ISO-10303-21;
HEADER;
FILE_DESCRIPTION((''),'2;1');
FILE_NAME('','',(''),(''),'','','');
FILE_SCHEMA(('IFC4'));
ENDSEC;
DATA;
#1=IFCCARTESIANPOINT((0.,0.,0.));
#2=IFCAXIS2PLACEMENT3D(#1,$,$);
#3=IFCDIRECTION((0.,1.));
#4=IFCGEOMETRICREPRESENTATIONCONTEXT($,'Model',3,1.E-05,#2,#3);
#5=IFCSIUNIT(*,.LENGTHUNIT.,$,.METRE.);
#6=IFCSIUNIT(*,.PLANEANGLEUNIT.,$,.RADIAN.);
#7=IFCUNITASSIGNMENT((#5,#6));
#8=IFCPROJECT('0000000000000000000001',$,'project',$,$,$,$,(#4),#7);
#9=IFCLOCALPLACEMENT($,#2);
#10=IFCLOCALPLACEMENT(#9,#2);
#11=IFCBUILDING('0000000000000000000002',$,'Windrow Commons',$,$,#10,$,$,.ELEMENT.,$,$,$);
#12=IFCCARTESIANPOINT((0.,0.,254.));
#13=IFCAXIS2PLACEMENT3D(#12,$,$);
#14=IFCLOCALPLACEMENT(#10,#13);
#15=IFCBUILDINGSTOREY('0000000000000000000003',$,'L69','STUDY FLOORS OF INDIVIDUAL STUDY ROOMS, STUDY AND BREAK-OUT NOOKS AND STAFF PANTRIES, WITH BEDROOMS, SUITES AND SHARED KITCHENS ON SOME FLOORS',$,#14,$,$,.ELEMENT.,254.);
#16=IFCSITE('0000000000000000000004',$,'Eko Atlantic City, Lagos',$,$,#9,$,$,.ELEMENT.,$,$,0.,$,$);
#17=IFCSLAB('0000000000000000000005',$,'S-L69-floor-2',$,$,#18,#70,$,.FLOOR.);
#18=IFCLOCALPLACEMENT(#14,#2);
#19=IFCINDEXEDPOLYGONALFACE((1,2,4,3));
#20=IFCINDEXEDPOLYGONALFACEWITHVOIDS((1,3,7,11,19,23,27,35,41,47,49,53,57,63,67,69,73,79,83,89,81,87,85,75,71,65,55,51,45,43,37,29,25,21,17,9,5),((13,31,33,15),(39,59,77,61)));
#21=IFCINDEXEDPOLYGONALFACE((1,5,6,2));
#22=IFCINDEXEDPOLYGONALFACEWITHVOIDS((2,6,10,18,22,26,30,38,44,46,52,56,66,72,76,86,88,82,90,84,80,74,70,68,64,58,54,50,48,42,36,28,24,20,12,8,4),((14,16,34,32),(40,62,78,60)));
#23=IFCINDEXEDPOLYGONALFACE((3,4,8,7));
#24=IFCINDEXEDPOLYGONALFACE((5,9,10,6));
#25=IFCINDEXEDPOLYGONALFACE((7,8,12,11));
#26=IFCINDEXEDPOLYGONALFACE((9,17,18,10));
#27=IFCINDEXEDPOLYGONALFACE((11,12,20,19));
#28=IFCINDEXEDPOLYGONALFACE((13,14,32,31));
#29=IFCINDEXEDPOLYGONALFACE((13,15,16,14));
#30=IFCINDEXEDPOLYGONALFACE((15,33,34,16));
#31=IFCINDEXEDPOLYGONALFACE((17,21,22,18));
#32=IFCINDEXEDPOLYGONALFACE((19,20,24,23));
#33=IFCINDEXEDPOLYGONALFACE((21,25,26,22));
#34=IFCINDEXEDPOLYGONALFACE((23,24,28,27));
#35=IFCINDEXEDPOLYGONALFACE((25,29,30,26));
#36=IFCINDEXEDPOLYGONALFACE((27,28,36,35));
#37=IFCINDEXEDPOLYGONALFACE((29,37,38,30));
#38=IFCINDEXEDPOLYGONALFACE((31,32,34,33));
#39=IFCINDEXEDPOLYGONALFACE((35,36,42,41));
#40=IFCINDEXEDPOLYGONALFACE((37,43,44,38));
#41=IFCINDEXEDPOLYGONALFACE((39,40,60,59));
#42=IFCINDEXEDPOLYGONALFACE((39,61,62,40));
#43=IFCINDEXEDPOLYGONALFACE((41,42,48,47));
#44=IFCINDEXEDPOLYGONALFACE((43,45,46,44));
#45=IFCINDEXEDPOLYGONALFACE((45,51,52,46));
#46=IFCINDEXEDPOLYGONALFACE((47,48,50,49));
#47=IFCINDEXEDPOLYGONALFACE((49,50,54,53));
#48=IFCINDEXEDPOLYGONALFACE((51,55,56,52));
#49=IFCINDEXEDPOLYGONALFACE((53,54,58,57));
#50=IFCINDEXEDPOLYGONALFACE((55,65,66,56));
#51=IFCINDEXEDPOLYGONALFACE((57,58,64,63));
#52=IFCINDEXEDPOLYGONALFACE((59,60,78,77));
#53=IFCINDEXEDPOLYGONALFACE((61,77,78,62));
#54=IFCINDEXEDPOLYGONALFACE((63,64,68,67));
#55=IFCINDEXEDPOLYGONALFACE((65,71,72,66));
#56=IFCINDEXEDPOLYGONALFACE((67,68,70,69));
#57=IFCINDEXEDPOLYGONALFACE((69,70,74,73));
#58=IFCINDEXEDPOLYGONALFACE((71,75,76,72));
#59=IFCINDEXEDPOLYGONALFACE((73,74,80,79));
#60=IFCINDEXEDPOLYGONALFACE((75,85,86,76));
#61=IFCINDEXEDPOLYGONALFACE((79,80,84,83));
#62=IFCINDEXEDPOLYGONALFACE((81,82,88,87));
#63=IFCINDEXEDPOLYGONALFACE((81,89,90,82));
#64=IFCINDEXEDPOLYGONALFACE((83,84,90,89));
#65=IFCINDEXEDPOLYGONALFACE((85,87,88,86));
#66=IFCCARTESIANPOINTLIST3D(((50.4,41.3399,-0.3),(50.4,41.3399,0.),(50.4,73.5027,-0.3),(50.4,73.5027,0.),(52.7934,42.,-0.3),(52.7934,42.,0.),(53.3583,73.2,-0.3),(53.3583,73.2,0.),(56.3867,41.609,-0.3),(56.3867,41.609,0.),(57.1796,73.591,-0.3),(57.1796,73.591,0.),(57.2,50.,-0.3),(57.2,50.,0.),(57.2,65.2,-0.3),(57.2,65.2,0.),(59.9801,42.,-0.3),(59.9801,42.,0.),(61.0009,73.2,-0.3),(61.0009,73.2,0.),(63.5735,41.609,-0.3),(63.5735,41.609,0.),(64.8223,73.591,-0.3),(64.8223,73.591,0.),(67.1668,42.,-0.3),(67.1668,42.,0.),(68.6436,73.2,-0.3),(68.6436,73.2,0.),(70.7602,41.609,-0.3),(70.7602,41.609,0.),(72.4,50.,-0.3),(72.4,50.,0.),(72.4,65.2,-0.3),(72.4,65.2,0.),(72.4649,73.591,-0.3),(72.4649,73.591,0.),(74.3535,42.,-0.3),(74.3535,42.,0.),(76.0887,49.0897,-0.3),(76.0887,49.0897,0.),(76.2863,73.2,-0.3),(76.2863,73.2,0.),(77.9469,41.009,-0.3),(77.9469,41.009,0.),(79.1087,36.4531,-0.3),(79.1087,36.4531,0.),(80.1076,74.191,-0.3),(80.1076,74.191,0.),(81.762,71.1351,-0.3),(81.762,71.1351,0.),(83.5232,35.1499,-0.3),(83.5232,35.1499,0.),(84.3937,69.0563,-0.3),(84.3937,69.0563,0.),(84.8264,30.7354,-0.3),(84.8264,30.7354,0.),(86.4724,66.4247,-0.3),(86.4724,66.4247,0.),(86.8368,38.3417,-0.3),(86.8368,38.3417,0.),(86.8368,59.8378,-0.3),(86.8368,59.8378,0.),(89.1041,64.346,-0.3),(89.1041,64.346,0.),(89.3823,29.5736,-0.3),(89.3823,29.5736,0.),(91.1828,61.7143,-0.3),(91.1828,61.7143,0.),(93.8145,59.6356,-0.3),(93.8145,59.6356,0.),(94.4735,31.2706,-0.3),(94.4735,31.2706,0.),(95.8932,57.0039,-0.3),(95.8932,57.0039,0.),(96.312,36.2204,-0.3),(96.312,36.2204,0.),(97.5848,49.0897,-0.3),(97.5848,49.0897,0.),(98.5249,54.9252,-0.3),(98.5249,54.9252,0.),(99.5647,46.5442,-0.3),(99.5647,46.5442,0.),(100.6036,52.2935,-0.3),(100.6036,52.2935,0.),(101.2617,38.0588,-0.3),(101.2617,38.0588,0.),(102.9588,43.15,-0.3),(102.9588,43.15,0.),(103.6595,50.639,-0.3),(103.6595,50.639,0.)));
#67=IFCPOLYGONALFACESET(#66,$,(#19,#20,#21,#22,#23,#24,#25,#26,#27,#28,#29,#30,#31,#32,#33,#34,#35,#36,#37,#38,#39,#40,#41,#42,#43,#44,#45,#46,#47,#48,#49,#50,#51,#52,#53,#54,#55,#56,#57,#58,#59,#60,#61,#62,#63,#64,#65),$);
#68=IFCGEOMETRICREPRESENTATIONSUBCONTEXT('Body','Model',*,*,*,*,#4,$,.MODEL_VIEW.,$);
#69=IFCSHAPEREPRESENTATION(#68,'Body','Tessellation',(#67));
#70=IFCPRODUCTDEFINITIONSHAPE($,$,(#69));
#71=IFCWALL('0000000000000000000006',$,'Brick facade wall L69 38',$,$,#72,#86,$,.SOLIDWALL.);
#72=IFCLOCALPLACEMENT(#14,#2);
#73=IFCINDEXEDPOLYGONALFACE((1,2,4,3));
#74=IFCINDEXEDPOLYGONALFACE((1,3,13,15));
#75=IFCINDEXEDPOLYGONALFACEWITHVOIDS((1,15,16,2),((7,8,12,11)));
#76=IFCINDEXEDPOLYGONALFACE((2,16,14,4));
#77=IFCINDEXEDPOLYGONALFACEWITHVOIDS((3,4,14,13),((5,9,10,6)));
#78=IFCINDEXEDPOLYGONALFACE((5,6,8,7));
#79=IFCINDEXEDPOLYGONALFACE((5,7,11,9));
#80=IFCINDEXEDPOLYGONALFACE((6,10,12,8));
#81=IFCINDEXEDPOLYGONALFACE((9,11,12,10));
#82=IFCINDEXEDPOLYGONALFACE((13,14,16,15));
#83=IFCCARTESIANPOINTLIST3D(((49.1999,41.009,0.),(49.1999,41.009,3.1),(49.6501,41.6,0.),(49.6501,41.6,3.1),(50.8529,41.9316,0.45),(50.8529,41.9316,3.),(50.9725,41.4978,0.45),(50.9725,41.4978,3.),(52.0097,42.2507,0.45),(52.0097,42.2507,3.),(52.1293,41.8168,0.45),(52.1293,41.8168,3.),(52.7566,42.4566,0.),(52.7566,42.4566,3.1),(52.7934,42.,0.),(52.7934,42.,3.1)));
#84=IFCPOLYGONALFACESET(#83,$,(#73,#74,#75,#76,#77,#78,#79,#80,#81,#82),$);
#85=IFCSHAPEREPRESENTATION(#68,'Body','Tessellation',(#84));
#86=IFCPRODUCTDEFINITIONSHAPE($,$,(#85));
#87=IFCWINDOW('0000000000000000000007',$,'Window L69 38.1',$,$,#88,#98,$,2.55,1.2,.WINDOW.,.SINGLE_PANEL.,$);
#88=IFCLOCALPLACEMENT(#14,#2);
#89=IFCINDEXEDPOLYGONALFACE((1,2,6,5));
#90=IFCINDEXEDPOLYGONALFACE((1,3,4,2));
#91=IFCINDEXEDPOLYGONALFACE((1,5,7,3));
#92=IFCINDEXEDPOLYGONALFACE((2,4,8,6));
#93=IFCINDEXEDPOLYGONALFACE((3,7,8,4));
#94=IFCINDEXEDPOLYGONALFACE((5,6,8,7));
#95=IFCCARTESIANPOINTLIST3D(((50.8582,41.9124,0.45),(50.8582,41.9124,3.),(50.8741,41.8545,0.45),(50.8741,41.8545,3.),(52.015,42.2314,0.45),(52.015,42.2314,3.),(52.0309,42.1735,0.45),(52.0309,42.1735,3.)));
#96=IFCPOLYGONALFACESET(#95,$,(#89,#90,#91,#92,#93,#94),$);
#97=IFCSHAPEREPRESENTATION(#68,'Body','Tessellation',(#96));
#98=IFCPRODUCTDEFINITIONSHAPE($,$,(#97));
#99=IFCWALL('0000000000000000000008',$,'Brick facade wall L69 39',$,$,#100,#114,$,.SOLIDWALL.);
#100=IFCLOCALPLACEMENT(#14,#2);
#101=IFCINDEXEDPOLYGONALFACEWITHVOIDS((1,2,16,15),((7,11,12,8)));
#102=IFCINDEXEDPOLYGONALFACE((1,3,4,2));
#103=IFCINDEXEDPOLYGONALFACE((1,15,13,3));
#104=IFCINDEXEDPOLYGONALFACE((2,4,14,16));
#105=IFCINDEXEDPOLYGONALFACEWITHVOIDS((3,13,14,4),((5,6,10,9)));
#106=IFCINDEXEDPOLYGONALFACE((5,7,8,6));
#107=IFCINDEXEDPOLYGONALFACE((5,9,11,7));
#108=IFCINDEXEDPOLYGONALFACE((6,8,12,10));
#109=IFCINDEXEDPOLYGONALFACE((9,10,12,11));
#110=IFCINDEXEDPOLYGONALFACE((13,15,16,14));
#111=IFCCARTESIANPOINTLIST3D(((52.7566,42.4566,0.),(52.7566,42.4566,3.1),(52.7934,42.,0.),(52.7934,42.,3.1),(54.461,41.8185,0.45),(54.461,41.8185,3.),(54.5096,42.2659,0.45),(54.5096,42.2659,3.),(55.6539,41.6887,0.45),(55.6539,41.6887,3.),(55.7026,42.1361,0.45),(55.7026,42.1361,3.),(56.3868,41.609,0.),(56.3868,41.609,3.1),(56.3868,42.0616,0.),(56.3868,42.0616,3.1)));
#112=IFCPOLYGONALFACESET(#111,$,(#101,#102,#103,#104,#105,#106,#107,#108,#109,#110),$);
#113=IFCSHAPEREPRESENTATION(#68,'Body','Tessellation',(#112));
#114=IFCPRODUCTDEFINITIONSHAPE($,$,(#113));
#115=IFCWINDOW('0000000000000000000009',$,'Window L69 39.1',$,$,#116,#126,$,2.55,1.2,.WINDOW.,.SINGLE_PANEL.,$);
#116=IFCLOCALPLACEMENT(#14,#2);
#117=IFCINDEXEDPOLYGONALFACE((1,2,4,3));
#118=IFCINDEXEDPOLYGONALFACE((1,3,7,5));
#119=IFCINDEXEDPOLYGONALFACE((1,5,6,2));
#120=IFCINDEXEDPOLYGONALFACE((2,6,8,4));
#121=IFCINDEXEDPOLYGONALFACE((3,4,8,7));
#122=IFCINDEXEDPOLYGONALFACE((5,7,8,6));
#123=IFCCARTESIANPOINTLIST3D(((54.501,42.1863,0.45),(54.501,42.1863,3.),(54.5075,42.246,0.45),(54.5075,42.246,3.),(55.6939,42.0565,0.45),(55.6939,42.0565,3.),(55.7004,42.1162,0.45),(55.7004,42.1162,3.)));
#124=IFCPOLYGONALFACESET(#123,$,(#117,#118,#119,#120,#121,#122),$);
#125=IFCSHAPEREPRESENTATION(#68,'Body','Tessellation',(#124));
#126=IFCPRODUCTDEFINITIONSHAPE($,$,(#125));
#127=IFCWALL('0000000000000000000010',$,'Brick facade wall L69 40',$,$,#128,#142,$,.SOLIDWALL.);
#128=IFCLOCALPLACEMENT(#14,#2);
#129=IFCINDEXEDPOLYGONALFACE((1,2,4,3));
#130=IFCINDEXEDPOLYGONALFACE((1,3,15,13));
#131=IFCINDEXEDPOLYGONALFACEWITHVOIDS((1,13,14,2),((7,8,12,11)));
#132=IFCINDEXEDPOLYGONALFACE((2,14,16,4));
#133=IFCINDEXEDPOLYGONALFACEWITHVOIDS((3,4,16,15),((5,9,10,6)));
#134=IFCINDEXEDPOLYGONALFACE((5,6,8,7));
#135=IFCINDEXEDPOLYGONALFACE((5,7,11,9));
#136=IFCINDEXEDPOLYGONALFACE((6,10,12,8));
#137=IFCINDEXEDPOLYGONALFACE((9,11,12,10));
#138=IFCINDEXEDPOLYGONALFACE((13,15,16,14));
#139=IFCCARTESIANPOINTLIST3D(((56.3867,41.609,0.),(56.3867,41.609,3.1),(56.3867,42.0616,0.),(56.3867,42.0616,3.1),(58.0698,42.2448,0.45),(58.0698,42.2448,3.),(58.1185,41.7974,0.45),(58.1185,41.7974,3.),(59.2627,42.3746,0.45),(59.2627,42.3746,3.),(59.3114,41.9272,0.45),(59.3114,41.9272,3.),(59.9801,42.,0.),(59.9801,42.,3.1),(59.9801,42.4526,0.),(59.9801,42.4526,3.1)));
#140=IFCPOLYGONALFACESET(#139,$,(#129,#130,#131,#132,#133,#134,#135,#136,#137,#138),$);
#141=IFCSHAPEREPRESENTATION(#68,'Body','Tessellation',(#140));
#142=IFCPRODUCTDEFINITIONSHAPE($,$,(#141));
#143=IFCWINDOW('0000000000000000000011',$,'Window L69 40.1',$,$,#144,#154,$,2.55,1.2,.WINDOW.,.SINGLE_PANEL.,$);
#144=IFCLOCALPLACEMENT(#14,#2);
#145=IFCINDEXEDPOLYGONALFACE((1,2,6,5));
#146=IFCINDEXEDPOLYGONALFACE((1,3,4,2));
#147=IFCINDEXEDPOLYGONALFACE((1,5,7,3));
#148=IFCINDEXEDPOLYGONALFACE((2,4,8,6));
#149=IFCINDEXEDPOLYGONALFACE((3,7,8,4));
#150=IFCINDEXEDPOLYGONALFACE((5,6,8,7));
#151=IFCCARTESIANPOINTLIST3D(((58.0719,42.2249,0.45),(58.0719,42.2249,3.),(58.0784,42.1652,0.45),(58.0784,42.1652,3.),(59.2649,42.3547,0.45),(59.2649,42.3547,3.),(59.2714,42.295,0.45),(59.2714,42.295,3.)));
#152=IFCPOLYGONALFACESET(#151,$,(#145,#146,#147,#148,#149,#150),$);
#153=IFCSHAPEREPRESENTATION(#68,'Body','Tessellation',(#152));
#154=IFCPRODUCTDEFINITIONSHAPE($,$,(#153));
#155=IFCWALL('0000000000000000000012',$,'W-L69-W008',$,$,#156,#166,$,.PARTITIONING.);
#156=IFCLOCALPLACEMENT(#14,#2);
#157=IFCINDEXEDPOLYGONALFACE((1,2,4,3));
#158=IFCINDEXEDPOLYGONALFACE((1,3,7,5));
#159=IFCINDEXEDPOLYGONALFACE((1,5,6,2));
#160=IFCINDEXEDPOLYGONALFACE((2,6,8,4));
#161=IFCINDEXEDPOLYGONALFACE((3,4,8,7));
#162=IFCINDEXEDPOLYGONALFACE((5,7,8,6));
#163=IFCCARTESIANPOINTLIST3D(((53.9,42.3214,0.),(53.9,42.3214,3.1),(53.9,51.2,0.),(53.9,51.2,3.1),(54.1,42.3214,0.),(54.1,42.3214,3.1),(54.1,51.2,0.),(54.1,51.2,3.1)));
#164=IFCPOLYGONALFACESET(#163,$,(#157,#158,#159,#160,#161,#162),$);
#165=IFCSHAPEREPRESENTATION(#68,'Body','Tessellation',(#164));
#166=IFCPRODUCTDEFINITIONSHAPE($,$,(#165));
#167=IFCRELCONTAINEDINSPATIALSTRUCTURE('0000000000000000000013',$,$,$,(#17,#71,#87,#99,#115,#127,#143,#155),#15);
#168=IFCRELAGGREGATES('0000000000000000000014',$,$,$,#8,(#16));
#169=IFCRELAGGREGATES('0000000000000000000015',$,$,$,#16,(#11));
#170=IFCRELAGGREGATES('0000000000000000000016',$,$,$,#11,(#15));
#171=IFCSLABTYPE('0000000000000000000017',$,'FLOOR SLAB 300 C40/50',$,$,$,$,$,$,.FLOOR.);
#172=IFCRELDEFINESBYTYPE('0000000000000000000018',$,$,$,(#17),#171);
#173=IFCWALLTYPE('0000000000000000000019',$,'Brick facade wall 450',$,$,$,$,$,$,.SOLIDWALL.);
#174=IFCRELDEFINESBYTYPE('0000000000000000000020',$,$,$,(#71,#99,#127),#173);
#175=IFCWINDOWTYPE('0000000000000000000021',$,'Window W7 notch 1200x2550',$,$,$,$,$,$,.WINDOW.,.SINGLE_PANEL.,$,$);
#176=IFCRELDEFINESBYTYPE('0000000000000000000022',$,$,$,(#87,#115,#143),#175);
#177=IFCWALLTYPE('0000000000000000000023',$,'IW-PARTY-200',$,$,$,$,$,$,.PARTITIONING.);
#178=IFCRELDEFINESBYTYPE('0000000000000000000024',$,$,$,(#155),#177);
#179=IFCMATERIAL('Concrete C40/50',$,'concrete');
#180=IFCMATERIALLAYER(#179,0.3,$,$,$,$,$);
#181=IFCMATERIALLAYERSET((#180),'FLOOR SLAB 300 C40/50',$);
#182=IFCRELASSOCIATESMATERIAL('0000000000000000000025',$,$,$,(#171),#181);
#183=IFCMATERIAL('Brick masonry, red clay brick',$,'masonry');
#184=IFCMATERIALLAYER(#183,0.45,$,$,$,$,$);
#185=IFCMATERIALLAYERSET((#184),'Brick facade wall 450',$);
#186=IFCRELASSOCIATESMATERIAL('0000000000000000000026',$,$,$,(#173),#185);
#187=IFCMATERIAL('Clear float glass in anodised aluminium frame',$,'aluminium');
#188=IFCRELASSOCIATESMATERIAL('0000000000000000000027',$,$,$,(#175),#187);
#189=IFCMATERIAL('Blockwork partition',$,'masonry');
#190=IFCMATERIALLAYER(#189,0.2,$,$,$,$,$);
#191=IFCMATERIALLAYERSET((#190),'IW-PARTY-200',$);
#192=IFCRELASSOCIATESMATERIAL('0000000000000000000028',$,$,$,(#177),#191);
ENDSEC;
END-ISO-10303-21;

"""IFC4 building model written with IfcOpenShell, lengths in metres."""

from ifc_helpers import new_model, si_unit, direction, frame, frame_2d, origin, place, context, subcontext, project, spatial, polyline, rectangle, outline, extrude, material, layer, layer_set, type_object, element, fill, save


model = new_model("IFC4")

# Units and contexts
model_context = context("Model", 3, precision=1e-05, world=origin(), true_north=direction((0.0, 1.0)))
body_context = subcontext(model_context, "Body", "Model", "MODEL_VIEW")
ifc_project = project(units=[si_unit("LENGTHUNIT", "METRE"), si_unit("PLANEANGLEUNIT", "RADIAN")], contexts=[model_context])

# Site, building, storey
site_placement = place(None, origin())
site = spatial("IfcSite", under=ifc_project, at=site_placement, Name="Eko Atlantic City, Lagos", CompositionType="ELEMENT", RefElevation=0.0)
building_placement = place(site_placement, origin())
building = spatial("IfcBuilding", under=site, at=building_placement, Name="Windrow Commons", CompositionType="ELEMENT")
storey_placement = place(building_placement, frame((0.0, 0.0, 254.0)))
storey = spatial("IfcBuildingStorey", under=building, at=storey_placement, Name="L69", Description="STUDY FLOORS OF INDIVIDUAL STUDY ROOMS, STUDY AND BREAK-OUT NOOKS AND STAFF PANTRIES, WITH BEDROOMS, SUITES AND SHARED KITCHENS ON SOME FLOORS", CompositionType="ELEMENT", Elevation=254.0)

# Shared definitions
placement_1 = place(storey_placement, frame((0.0, 0.0, -0.3)))

# Shared definitions
ifc_material_1 = material(Name="Concrete C40/50", Category="concrete")
ifc_layer_1 = layer(ifc_material_1, 0.3)
ifc_layer_set_1 = layer_set([ifc_layer_1], Name="FLOOR SLAB 300 C40/50")
slab_type_1 = type_object("IfcSlabType", Name="FLOOR SLAB 300 C40/50", PredefinedType="FLOOR", material=ifc_layer_set_1)

# Slab, openings
slab_1 = element("IfcSlab", 1, at=placement_1, inside=storey, type_object=slab_type_1, Name="S-L69-floor-2", PredefinedType="FLOOR", context=body_context, shape_type="SweptSolid", body=[
    extrude(outline(polyline([(84.8264, 30.7354), (89.3823, 29.5736), (94.4735, 31.2706), (96.312, 36.2204), (101.2617, 38.0588), (102.9588, 43.15), (99.5647, 46.5442), (103.6595, 50.639), (100.6036, 52.2935), (98.5249, 54.9252), (95.8932, 57.0039), (93.8145, 59.6356), (91.1828, 61.7143), (89.1041, 64.346), (86.4724, 66.4247), (84.3937, 69.0563), (81.762, 71.1351), (80.1076, 74.191), (76.2863, 73.2), (72.4649, 73.591), (68.6436, 73.2), (64.8223, 73.591), (61.0009, 73.2), (57.1796, 73.591), (53.3583, 73.2), (50.4, 73.5027), (50.4, 41.3399), (52.7934, 42.0), (56.3867, 41.609), (59.9801, 42.0), (63.5735, 41.609), (67.1668, 42.0), (70.7602, 41.609), (74.3535, 42.0), (77.9469, 41.009), (79.1087, 36.4531), (83.5232, 35.1499), (84.8264, 30.7354)]), holes=[polyline([(86.8368, 59.8378), (97.5848, 49.0897), (86.8368, 38.3417), (76.0887, 49.0897), (86.8368, 59.8378)]), polyline([(57.2, 65.2), (72.4, 65.2), (72.4, 50.0), (57.2, 50.0), (57.2, 65.2)])]), origin(), (0.0, 0.0, 1.0), 0.3),
])
opening_1_placement = place(placement_1, origin())
element("IfcOpeningElement", 2, at=opening_1_placement, cuts=slab_1, PredefinedType="OPENING", context=body_context, shape_type="SweptSolid", body=[
    extrude(outline(polyline([(86.8368, 59.8307), (97.5777, 49.0897), (86.8368, 38.3488), (76.0958, 49.0897), (86.8368, 59.8307)])), origin(), (0.0, 0.0, 1.0), 0.3),
])
opening_2_placement = place(placement_1, origin())
element("IfcOpeningElement", 3, at=opening_2_placement, cuts=slab_1, PredefinedType="OPENING", context=body_context, shape_type="SweptSolid", body=[
    extrude(outline(polyline([(57.205, 65.195), (72.395, 65.195), (72.395, 50.005), (57.205, 50.005), (57.205, 65.195)])), origin(), (0.0, 0.0, 1.0), 0.3),
])

# Walls, openings, windows
ifc_material_2 = material(Name="Brick masonry, red clay brick", Category="masonry")
ifc_layer_2 = layer(ifc_material_2, 0.45)
ifc_layer_set_2 = layer_set([ifc_layer_2], Name="Brick facade wall 450")
wall_type_1 = type_object("IfcWallType", Name="Brick facade wall 450", PredefinedType="SOLIDWALL", material=ifc_layer_set_2)
wall_1_placement = place(storey_placement, frame((49.425, 41.3045, 0.0), z_axis=(0.0, 0.0, 1.0), x_axis=(0.964018, 0.265839, 0.0)))
wall_1 = element("IfcWall", 4, at=wall_1_placement, inside=storey, type_object=wall_type_1, Name="Brick facade wall L69 38", PredefinedType="SOLIDWALL", context=body_context, shape_type="SweptSolid", body=[
    extrude(outline(polyline([(-0.2955, -0.225), (3.4321, -0.225), (3.518, 0.225), (0.2955, 0.225), (-0.2955, -0.225)])), origin(), (0.0, 0.0, 1.0), 3.1),
])
opening_3_placement = place(wall_1_placement, frame((1.5432, 0.0, 0.45)))
opening_3 = element("IfcOpeningElement", 5, at=opening_3_placement, cuts=wall_1, PredefinedType="OPENING", context=body_context, shape_type="SweptSolid", body=[
    extrude(rectangle(XDim=1.2, YDim=2.55, at=frame_2d((0.6, 1.275))), frame((0.0, 0.235, 0.0), z_axis=(0.0, -1.0, 0.0), x_axis=(1.0, 0.0, 0.0)), (0.0, 0.0, 1.0), 0.47),
])
ifc_material_3 = material(Name="Clear float glass in anodised aluminium frame", Category="aluminium")
window_type = type_object("IfcWindowType", Name="Window W7 notch 1200x2550", PartitioningType="SINGLE_PANEL", PredefinedType="WINDOW", material=ifc_material_3)
window_1_placement = place(opening_3_placement, origin())
window_1 = element("IfcWindow", 6, at=window_1_placement, inside=storey, type_object=window_type, Name="Window L69 38.1", OverallHeight=2.55, OverallWidth=1.2, PartitioningType="SINGLE_PANEL", PredefinedType="WINDOW", context=body_context, shape_type="SweptSolid", body=[
    extrude(rectangle(XDim=1.2, YDim=2.55, at=frame_2d((0.6, 1.275))), frame((0.0, 0.205, 0.0), z_axis=(0.0, -1.0, 0.0), x_axis=(1.0, 0.0, 0.0)), (0.0, 0.0, 1.0), 0.06),
])
fill(opening_3, window_1)
wall_2_placement = place(storey_placement, frame((52.775, 42.2283, 0.0), z_axis=(0.0, 0.0, 1.0), x_axis=(0.994132, -0.108175, 0.0)))
wall_2 = element("IfcWall", 7, at=wall_2_placement, inside=storey, type_object=wall_type_1, Name="Brick facade wall L69 39", PredefinedType="SOLIDWALL", context=body_context, shape_type="SweptSolid", body=[
    extrude(outline(polyline([(0.043, -0.225), (3.6576, -0.225), (3.6086, 0.225), (-0.043, 0.225), (0.043, -0.225)])), origin(), (0.0, 0.0, 1.0), 3.1),
])
opening_4_placement = place(wall_2_placement, frame((1.7204, 0.0, 0.45)))
opening_4 = element("IfcOpeningElement", 8, at=opening_4_placement, cuts=wall_2, PredefinedType="OPENING", context=body_context, shape_type="SweptSolid", body=[
    extrude(rectangle(XDim=1.2, YDim=2.55, at=frame_2d((0.6, 1.275))), frame((0.0, 0.235, 0.0), z_axis=(0.0, -1.0, 0.0), x_axis=(1.0, 0.0, 0.0)), (0.0, 0.0, 1.0), 0.47),
])
window_2_placement = place(opening_4_placement, origin())
window_2 = element("IfcWindow", 9, at=window_2_placement, inside=storey, type_object=window_type, Name="Window L69 39.1", OverallHeight=2.55, OverallWidth=1.2, PartitioningType="SINGLE_PANEL", PredefinedType="WINDOW", context=body_context, shape_type="SweptSolid", body=[
    extrude(rectangle(XDim=1.2, YDim=2.55, at=frame_2d((0.6, 1.275))), frame((0.0, 0.205, 0.0), z_axis=(0.0, -1.0, 0.0), x_axis=(1.0, 0.0, 0.0)), (0.0, 0.0, 1.0), 0.06),
])
fill(opening_4, window_2)
wall_3_placement = place(storey_placement, frame((56.3867, 41.8353, 0.0), z_axis=(0.0, 0.0, 1.0), x_axis=(0.994132, 0.108172, 0.0)))
wall_3 = element("IfcWall", 10, at=wall_3_placement, inside=storey, type_object=wall_type_1, Name="Brick facade wall L69 40", PredefinedType="SOLIDWALL", context=body_context, shape_type="SweptSolid", body=[
    extrude(outline(polyline([(-0.0245, -0.225), (3.5901, -0.225), (3.6391, 0.225), (0.0245, 0.225), (-0.0245, -0.225)])), origin(), (0.0, 0.0, 1.0), 3.1),
])
opening_5_placement = place(wall_3_placement, frame((1.7175, 0.0, 0.45)))
opening_5 = element("IfcOpeningElement", 11, at=opening_5_placement, cuts=wall_3, PredefinedType="OPENING", context=body_context, shape_type="SweptSolid", body=[
    extrude(rectangle(XDim=1.2, YDim=2.55, at=frame_2d((0.6, 1.275))), frame((0.0, 0.235, 0.0), z_axis=(0.0, -1.0, 0.0), x_axis=(1.0, 0.0, 0.0)), (0.0, 0.0, 1.0), 0.47),
])
window_3_placement = place(opening_5_placement, origin())
window_3 = element("IfcWindow", 12, at=window_3_placement, inside=storey, type_object=window_type, Name="Window L69 40.1", OverallHeight=2.55, OverallWidth=1.2, PartitioningType="SINGLE_PANEL", PredefinedType="WINDOW", context=body_context, shape_type="SweptSolid", body=[
    extrude(rectangle(XDim=1.2, YDim=2.55, at=frame_2d((0.6, 1.275))), frame((0.0, 0.205, 0.0), z_axis=(0.0, -1.0, 0.0), x_axis=(1.0, 0.0, 0.0)), (0.0, 0.0, 1.0), 0.06),
])
fill(opening_5, window_3)

# Wall
ifc_material_4 = material(Name="Blockwork partition", Category="masonry")
ifc_layer_3 = layer(ifc_material_4, 0.2)
ifc_layer_set_3 = layer_set([ifc_layer_3], Name="IW-PARTY-200")
wall_type_2 = type_object("IfcWallType", Name="IW-PARTY-200", PredefinedType="PARTITIONING", material=ifc_layer_set_3)
wall_4_placement = place(storey_placement, frame((54.0, 42.3214, 0.0), z_axis=(0.0, 0.0, 1.0), x_axis=(0.0, 1.0, 0.0)))
element("IfcWall", 13, at=wall_4_placement, inside=storey, type_object=wall_type_2, Name="W-L69-W008", PredefinedType="PARTITIONING", context=body_context, shape_type="SweptSolid", body=[
    extrude(rectangle(XDim=8.8786, YDim=0.2, at=frame_2d((4.4393, 0.0))), origin(), (0.0, 0.0, 1.0), 3.1),
])

save(model, "model.ifc")
